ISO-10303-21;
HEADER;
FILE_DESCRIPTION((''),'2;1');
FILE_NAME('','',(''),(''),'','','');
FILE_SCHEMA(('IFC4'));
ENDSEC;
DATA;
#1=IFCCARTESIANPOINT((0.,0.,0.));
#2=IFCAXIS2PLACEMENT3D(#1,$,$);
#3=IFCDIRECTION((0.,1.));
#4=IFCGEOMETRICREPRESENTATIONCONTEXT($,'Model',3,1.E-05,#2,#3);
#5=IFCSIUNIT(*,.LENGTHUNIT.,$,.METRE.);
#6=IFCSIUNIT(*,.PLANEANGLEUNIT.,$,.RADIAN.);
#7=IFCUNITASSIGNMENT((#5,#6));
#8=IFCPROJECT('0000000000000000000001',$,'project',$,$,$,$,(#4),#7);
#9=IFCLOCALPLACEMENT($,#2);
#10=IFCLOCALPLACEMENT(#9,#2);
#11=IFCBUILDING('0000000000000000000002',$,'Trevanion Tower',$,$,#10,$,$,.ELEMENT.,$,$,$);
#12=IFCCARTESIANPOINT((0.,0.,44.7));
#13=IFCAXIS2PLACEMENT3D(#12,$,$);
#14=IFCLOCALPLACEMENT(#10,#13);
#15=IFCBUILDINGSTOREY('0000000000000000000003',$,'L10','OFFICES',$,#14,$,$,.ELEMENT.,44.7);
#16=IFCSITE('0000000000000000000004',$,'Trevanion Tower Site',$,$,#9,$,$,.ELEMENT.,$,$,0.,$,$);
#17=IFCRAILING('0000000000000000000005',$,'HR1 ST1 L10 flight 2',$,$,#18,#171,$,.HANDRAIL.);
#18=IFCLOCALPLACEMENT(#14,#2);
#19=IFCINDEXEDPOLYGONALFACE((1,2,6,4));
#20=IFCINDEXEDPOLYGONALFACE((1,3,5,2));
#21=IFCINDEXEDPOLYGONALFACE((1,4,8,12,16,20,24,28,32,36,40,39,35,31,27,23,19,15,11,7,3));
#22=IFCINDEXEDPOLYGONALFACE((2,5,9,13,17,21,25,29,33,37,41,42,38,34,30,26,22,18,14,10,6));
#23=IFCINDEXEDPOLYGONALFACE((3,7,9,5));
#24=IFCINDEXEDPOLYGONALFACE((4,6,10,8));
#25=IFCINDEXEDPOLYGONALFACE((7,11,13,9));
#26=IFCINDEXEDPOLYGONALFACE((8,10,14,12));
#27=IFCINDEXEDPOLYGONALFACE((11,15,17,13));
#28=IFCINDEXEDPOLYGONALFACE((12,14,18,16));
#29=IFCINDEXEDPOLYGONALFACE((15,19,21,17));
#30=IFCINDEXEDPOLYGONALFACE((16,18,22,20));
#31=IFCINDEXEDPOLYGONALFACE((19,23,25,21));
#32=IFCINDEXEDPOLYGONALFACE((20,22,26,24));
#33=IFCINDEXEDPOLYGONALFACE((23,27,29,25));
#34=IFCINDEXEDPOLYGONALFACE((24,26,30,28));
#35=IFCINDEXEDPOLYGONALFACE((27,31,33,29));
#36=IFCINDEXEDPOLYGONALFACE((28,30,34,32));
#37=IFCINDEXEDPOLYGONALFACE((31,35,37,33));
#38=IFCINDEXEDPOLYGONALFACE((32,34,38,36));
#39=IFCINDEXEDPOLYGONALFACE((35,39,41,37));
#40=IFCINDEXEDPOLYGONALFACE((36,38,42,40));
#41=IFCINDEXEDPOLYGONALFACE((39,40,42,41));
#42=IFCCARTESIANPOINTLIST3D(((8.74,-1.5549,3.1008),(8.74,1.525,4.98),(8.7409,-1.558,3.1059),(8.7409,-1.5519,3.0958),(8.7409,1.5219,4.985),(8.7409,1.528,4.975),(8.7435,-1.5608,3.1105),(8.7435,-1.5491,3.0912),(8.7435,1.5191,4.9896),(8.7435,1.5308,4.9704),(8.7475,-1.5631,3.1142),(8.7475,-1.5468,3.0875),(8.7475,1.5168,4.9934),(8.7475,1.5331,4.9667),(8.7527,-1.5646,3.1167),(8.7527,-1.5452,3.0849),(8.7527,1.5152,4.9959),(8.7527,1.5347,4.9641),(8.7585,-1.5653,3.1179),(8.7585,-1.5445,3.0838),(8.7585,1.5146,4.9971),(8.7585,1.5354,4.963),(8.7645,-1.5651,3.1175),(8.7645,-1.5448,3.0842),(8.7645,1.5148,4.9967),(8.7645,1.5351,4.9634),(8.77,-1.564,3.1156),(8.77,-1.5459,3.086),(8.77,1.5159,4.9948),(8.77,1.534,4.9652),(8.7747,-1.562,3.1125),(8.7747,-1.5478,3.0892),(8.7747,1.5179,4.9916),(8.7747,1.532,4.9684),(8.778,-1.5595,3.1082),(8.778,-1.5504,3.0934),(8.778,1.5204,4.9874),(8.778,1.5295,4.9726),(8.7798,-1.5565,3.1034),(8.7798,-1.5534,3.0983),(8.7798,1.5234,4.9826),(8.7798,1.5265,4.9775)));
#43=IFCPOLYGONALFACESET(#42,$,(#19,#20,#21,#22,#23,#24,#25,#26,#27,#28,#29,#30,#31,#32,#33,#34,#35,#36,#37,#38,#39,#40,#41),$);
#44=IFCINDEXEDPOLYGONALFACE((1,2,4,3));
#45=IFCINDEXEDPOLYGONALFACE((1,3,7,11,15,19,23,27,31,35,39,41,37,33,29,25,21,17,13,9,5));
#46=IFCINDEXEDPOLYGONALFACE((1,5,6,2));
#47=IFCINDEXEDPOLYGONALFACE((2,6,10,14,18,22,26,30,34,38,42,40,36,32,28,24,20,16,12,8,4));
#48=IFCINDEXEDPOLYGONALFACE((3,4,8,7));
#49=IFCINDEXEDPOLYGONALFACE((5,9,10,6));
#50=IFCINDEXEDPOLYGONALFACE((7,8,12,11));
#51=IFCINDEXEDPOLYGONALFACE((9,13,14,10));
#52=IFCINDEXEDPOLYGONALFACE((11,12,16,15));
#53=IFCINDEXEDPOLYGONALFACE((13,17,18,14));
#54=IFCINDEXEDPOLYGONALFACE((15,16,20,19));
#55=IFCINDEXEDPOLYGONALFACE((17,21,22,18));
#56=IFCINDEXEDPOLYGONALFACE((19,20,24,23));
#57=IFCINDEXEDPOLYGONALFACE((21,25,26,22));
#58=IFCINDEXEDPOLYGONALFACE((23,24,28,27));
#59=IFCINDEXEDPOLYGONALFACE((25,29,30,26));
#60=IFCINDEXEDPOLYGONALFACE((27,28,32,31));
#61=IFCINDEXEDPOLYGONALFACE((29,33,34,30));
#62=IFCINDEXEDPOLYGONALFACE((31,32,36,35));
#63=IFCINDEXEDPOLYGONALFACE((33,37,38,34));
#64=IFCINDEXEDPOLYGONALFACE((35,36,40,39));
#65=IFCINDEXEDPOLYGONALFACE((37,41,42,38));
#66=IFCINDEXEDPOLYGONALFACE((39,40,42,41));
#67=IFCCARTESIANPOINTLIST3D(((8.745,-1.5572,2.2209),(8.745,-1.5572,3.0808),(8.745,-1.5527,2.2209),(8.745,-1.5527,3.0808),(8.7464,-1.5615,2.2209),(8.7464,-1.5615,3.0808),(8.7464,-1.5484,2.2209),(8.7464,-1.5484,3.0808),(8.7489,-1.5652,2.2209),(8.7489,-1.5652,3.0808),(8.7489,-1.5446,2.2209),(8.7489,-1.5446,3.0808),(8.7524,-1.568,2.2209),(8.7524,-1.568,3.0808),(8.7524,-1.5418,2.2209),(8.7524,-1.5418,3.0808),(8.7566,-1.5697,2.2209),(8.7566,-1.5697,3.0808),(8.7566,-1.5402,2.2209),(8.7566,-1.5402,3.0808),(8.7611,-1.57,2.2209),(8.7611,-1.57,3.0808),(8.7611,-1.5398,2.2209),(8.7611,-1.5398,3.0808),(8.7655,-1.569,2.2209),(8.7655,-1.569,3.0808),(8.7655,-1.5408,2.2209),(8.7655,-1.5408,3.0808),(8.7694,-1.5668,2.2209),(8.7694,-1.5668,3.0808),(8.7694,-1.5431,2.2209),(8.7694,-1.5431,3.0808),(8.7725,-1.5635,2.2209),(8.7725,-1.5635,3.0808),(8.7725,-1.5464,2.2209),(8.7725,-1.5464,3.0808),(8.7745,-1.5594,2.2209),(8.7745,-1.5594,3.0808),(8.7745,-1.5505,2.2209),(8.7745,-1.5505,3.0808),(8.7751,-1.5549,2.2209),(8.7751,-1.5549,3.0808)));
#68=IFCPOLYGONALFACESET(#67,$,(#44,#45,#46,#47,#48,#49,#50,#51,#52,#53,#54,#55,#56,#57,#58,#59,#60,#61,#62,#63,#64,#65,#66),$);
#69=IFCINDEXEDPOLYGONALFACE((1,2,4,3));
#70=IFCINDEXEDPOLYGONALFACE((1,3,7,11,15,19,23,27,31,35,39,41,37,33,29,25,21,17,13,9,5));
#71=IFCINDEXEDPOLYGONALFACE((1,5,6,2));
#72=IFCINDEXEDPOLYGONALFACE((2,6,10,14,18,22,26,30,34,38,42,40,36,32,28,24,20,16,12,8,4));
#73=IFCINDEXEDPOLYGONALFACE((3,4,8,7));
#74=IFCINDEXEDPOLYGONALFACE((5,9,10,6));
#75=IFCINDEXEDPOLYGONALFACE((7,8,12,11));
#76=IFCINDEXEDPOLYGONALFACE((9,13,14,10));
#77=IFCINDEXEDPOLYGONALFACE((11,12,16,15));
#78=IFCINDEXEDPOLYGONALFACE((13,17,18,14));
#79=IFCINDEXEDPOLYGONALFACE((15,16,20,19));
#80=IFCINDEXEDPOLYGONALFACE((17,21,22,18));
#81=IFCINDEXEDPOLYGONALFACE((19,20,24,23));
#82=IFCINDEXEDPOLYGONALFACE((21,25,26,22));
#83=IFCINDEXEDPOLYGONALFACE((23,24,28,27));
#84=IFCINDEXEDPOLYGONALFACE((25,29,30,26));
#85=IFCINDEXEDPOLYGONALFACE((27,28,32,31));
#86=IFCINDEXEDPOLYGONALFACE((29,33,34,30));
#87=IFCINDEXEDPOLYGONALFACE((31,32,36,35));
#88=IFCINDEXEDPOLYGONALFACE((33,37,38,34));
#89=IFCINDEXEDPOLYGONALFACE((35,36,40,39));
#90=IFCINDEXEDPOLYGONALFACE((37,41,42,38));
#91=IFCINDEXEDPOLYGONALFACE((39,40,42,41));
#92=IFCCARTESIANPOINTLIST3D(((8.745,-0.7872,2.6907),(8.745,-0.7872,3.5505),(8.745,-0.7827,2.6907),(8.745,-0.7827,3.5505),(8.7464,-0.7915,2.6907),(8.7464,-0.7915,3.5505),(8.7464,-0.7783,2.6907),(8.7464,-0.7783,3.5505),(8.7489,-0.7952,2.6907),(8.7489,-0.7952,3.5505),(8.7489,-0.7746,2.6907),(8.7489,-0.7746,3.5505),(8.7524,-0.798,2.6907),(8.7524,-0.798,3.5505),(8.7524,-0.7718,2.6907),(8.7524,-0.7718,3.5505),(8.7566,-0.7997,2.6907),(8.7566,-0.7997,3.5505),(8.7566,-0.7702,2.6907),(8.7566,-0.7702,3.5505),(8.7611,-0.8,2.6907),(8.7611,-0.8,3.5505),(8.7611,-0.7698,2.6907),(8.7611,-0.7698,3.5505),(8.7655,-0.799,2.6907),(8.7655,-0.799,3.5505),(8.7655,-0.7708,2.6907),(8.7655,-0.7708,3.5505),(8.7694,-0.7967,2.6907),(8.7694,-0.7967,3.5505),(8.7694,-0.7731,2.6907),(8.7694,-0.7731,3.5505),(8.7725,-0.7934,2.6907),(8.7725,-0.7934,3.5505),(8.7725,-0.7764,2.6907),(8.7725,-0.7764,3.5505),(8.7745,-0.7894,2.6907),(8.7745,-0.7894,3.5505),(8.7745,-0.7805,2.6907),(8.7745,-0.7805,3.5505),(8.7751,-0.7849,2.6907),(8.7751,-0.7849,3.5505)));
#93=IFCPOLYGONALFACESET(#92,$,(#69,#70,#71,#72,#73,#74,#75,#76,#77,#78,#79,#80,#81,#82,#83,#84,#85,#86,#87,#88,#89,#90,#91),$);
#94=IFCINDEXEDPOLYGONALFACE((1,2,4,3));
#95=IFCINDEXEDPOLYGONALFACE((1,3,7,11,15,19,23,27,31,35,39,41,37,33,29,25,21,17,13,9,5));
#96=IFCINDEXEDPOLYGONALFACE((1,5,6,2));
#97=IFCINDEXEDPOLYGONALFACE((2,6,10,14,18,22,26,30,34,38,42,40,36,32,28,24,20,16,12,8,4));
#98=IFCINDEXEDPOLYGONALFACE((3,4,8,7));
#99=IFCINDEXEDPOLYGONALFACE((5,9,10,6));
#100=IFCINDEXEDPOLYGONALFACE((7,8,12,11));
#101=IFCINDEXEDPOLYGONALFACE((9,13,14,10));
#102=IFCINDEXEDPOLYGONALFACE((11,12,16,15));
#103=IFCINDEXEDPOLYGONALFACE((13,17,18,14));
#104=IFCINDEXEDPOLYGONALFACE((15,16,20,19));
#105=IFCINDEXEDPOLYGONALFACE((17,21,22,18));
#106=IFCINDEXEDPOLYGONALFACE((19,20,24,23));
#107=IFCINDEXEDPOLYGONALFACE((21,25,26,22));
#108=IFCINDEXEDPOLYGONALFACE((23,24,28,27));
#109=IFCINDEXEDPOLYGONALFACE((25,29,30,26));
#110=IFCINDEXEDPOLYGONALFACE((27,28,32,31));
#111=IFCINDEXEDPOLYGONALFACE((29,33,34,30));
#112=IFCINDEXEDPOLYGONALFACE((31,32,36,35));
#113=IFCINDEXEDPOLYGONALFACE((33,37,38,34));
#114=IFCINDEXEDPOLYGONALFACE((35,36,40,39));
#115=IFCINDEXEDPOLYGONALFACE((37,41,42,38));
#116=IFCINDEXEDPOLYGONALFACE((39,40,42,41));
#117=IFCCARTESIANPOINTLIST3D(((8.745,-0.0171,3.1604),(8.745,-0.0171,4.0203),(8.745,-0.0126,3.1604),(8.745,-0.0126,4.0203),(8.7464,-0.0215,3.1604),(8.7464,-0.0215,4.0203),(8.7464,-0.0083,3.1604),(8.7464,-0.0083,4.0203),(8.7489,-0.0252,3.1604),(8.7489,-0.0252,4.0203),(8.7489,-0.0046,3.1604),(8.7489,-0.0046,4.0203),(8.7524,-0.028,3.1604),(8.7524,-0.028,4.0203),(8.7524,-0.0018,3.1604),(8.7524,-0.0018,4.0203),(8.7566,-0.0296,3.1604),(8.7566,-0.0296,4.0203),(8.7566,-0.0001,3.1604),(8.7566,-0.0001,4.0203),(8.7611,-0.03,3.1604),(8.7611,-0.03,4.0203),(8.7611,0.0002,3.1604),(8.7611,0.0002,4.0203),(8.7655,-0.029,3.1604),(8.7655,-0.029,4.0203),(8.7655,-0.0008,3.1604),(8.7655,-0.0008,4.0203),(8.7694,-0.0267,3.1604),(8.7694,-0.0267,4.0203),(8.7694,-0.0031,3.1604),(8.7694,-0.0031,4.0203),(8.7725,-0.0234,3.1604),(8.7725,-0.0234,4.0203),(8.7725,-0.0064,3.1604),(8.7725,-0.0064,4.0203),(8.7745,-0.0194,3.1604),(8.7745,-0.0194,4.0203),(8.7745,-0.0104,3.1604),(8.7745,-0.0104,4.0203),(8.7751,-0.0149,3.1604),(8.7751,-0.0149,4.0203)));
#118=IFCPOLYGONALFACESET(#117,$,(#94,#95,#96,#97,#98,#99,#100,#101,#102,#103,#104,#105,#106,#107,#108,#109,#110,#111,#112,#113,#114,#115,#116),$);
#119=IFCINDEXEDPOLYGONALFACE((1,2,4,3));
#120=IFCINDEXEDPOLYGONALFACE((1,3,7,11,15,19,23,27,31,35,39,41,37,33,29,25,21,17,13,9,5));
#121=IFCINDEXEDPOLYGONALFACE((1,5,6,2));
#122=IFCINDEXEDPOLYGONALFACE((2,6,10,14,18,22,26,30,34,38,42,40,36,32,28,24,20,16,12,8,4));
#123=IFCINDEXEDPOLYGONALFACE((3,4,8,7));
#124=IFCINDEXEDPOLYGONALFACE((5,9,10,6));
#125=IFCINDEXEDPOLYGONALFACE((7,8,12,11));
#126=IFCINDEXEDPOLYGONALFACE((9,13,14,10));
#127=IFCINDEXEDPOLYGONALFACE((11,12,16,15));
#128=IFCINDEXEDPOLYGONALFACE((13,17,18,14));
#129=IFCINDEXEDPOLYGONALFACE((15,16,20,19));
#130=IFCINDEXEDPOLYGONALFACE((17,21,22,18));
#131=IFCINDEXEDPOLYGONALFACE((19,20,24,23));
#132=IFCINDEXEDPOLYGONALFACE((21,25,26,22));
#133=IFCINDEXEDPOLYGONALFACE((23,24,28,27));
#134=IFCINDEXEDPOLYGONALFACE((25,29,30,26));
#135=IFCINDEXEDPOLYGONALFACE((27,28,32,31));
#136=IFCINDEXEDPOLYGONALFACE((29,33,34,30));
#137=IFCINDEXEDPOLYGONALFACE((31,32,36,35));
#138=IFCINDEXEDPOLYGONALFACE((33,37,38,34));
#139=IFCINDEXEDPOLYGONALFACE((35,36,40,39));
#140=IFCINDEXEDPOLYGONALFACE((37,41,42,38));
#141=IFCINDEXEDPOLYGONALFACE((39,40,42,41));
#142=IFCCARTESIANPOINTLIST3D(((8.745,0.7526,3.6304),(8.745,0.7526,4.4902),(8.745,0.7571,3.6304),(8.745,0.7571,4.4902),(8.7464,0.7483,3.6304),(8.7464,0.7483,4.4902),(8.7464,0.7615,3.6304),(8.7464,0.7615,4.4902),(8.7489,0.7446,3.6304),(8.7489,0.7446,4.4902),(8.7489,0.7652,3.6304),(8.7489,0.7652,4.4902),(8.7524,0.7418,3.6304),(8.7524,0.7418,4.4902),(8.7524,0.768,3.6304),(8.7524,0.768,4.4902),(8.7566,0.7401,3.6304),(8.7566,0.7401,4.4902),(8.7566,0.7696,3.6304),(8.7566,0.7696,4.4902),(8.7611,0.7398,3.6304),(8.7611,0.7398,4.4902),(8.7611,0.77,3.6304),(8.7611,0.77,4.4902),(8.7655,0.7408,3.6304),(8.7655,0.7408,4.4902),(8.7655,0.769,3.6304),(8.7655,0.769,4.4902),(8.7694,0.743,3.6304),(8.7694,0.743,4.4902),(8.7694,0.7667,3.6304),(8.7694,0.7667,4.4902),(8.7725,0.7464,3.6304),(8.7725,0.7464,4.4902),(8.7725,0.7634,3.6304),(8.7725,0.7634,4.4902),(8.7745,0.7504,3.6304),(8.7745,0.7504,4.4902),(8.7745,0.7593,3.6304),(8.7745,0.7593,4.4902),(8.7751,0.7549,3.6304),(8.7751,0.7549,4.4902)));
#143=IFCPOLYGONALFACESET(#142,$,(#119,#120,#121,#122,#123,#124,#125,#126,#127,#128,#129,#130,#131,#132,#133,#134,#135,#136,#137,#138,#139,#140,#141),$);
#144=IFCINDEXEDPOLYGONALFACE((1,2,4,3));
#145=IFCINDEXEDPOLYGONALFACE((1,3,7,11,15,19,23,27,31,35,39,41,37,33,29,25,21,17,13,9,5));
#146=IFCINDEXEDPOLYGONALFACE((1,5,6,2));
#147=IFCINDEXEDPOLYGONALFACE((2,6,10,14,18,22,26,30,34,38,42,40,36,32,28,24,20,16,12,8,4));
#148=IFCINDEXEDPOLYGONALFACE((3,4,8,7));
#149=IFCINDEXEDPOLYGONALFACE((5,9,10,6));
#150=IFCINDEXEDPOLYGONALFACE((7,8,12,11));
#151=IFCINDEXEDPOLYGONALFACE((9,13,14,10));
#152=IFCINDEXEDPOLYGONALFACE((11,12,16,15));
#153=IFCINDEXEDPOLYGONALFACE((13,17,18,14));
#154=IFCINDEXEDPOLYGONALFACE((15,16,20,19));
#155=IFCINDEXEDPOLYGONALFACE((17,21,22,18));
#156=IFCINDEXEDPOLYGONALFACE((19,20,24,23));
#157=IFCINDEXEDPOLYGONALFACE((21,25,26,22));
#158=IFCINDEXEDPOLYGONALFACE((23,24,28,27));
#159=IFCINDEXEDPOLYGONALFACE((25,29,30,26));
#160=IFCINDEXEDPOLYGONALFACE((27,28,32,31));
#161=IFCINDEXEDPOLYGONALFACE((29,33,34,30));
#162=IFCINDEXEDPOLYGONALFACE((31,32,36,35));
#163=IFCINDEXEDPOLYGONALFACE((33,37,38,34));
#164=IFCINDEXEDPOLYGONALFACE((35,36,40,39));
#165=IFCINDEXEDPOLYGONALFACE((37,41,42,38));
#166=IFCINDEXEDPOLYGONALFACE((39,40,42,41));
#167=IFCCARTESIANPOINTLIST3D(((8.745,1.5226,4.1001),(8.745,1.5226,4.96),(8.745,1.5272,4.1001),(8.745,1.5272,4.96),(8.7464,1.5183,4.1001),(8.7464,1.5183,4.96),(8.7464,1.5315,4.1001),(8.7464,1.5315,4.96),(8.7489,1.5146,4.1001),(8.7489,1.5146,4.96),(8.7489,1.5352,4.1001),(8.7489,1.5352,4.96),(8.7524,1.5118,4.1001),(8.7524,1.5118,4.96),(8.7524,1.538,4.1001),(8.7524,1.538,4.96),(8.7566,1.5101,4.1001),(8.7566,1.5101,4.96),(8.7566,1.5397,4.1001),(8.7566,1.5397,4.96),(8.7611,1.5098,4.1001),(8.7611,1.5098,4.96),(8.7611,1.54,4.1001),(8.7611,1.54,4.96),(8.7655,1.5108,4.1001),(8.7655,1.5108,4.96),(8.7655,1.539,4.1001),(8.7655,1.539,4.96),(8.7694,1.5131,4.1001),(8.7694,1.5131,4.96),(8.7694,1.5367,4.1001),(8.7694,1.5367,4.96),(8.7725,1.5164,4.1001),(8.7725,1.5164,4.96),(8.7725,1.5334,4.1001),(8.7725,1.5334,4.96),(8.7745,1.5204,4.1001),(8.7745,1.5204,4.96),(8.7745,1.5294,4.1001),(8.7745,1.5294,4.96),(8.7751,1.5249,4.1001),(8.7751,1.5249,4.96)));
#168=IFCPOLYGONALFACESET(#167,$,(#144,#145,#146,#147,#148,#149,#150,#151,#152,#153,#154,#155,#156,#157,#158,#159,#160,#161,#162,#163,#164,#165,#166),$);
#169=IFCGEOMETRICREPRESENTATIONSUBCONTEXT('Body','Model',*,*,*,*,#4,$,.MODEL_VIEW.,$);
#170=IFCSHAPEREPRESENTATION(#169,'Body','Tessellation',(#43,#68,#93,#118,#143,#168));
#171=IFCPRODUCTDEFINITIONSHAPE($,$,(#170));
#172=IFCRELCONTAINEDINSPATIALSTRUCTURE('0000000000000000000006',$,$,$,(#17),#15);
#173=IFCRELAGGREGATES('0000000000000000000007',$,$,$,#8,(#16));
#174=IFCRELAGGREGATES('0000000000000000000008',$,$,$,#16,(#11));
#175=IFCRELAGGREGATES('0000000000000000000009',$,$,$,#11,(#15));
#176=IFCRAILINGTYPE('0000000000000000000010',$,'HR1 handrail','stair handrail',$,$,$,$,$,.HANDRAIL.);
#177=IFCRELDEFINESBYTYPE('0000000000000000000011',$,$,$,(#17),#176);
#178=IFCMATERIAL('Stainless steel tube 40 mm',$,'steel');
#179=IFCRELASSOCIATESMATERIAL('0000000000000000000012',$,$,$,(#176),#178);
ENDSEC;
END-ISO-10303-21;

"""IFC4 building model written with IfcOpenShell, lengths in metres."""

from ifc_helpers import new_model, si_unit, direction, frame, origin, origin_2d, place, context, subcontext, project, spatial, circle, extrude, material, type_object, element, save


model = new_model("IFC4")

# Units and contexts
model_context = context("Model", 3, precision=1e-05, world=origin(), true_north=direction((0.0, 1.0)))
body_context = subcontext(model_context, "Body", "Model", "MODEL_VIEW")
ifc_project = project(units=[si_unit("LENGTHUNIT", "METRE"), si_unit("PLANEANGLEUNIT", "RADIAN")], contexts=[model_context])

# Site, building, storey
site_placement = place(None, origin())
site = spatial("IfcSite", under=ifc_project, at=site_placement, Name="Trevanion Tower Site", CompositionType="ELEMENT", RefElevation=0.0)
building_placement = place(site_placement, origin())
building = spatial("IfcBuilding", under=site, at=building_placement, Name="Trevanion Tower", CompositionType="ELEMENT")
storey_placement = place(building_placement, frame((0.0, 0.0, 44.7)))
storey = spatial("IfcBuildingStorey", under=building, at=storey_placement, Name="L10", Description="OFFICES", CompositionType="ELEMENT", Elevation=44.7)

# Railing
ifc_material_1 = material(Name="Stainless steel tube 40 mm", Category="steel")
railing_type = type_object("IfcRailingType", Name="HR1 handrail", Description="stair handrail", PredefinedType="HANDRAIL", material=ifc_material_1)
for number, where, name in (
    (1, (8.76, -1.5549, 2.2209), "HR1 ST1 L10 flight 2"),
):
    element("IfcRailing", number, at=place(storey_placement, frame(where)), inside=storey, type_object=railing_type, Name=name, PredefinedType="HANDRAIL", context=body_context, shape_type="SweptSolid", body=[
        extrude(circle(Radius=0.02, at=origin_2d()), frame((0.0, 0.0, 0.8799), z_axis=(0.0, 0.853648, 0.52085), x_axis=(-1.0, 0.0, 0.0)), (0.0, 0.0, 1.0), 3.6079),
        extrude(circle(Radius=0.0151, at=origin_2d()), origin(), (0.0, 0.0, 1.0), 0.8599),
        extrude(circle(Radius=0.0151, at=origin_2d()), frame((0.0, 0.77, 0.4697)), (0.0, 0.0, 1.0), 0.8599),
        extrude(circle(Radius=0.0151, at=origin_2d()), frame((0.0, 1.54, 0.9395)), (0.0, 0.0, 1.0), 0.8599),
        extrude(circle(Radius=0.0151, at=origin_2d()), frame((0.0, 2.3098, 1.4094)), (0.0, 0.0, 1.0), 0.8599),
        extrude(circle(Radius=0.0151, at=origin_2d()), frame((0.0, 3.0798, 1.8792)), (0.0, 0.0, 1.0), 0.8599),
    ])

save(model, "model.ifc")
